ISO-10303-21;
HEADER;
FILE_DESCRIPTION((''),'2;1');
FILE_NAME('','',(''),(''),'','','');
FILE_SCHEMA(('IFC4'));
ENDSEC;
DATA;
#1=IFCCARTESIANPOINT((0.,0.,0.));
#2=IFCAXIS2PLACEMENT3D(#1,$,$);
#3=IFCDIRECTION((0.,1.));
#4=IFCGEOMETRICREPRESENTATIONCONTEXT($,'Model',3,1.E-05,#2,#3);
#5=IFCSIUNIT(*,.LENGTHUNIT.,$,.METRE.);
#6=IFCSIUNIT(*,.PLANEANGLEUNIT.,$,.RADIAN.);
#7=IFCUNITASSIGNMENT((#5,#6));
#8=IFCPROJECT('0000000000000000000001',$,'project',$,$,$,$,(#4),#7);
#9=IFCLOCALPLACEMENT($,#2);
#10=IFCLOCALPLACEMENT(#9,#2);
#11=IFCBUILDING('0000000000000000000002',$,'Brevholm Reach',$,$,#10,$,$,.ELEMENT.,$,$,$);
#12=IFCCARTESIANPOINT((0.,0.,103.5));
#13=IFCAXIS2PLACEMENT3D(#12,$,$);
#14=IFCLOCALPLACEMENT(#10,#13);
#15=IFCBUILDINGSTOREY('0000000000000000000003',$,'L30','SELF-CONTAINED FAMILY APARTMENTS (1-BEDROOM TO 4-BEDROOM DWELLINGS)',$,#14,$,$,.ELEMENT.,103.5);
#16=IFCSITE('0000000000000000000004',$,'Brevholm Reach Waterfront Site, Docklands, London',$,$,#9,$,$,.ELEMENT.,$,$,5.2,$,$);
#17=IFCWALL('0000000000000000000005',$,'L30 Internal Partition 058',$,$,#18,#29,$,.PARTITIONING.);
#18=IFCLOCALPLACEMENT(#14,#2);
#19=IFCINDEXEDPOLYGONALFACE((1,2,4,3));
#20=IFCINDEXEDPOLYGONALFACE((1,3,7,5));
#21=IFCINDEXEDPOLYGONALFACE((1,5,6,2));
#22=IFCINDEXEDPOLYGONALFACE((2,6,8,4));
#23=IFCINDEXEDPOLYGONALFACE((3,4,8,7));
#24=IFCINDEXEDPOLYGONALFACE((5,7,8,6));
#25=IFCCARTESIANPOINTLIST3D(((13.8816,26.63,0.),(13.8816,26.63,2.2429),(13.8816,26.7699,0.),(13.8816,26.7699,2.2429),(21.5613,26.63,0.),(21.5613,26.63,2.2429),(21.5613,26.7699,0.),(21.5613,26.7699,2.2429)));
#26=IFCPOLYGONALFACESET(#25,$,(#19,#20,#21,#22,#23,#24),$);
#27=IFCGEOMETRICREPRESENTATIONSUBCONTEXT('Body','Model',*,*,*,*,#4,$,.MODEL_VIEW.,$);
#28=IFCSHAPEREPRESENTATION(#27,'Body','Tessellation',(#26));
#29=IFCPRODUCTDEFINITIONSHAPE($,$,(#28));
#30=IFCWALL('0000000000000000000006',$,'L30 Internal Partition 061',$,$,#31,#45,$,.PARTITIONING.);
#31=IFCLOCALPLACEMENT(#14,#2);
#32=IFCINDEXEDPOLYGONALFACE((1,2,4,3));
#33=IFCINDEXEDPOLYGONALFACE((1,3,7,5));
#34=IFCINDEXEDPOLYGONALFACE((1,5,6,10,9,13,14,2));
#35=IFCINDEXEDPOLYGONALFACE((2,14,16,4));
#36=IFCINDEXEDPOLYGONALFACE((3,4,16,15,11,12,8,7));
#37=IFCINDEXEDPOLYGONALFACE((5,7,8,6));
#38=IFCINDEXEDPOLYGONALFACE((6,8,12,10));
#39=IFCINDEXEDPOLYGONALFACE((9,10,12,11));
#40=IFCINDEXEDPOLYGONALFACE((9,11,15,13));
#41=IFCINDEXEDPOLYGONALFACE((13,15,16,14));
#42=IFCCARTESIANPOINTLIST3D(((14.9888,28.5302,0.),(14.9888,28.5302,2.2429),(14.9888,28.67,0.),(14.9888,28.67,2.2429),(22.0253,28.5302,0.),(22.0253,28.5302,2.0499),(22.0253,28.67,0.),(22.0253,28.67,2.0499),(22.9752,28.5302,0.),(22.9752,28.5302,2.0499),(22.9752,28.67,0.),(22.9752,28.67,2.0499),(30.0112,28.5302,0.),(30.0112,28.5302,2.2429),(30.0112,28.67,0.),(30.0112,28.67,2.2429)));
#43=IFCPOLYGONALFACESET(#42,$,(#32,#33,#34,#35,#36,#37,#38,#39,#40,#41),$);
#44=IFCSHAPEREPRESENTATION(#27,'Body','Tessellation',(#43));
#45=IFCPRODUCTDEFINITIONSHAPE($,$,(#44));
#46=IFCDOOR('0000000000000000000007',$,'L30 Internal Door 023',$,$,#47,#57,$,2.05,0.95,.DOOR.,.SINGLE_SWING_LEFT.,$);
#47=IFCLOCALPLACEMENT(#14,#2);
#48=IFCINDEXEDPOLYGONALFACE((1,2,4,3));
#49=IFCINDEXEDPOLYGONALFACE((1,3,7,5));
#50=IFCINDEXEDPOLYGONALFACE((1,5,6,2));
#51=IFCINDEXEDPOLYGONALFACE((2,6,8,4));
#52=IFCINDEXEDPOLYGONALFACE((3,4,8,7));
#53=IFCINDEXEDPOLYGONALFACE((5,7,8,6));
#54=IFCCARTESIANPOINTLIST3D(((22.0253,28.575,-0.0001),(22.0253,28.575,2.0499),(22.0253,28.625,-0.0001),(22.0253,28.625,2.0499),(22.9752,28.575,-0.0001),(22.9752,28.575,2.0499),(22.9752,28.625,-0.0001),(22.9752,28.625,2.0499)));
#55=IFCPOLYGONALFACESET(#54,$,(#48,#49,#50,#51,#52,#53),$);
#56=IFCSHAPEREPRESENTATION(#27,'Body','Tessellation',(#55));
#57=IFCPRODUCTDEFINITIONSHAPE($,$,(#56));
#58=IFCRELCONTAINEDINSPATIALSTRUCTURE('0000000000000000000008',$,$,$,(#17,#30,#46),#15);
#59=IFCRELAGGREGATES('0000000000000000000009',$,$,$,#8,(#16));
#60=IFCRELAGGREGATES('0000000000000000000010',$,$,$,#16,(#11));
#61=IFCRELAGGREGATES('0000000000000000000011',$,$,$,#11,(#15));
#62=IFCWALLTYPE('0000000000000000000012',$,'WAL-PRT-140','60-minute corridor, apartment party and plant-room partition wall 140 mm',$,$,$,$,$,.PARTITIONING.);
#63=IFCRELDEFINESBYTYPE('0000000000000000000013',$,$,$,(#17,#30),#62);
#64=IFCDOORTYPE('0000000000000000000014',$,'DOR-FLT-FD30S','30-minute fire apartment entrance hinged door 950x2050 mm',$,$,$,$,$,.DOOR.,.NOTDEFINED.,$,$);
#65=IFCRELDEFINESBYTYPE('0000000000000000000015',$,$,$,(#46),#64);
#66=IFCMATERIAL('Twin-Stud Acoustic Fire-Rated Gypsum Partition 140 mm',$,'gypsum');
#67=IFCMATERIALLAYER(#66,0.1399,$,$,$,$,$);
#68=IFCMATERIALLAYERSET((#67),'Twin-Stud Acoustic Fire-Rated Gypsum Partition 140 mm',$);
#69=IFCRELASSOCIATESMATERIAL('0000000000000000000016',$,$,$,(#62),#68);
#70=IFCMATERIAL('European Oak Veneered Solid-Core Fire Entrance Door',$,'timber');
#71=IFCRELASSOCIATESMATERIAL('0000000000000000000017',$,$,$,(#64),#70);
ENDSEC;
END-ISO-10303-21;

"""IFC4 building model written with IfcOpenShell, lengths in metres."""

from ifc_helpers import new_model, si_unit, direction, frame, frame_2d, origin, place, context, subcontext, project, spatial, rectangle, extrude, material, layer, layer_set, type_object, element, fill, save


model = new_model("IFC4")

# Units and contexts
model_context = context("Model", 3, precision=1e-05, world=origin(), true_north=direction((0.0, 1.0)))
body_context = subcontext(model_context, "Body", "Model", "MODEL_VIEW")
ifc_project = project(units=[si_unit("LENGTHUNIT", "METRE"), si_unit("PLANEANGLEUNIT", "RADIAN")], contexts=[model_context])

# Site, building, storey
site_placement = place(None, origin())
site = spatial("IfcSite", under=ifc_project, at=site_placement, Name="Brevholm Reach Waterfront Site, Docklands, London", CompositionType="ELEMENT", RefElevation=5.2)
building_placement = place(site_placement, origin())
building = spatial("IfcBuilding", under=site, at=building_placement, Name="Brevholm Reach", CompositionType="ELEMENT")
storey_placement = place(building_placement, frame((0.0, 0.0, 103.5)))
storey = spatial("IfcBuildingStorey", under=building, at=storey_placement, Name="L30", Description="SELF-CONTAINED FAMILY APARTMENTS (1-BEDROOM TO 4-BEDROOM DWELLINGS)", CompositionType="ELEMENT", Elevation=103.5)

# Shared definitions
ifc_material_1 = material(Name="Twin-Stud Acoustic Fire-Rated Gypsum Partition 140 mm", Category="gypsum")
ifc_layer_1 = layer(ifc_material_1, 0.1399)
ifc_layer_set_1 = layer_set([ifc_layer_1], Name="Twin-Stud Acoustic Fire-Rated Gypsum Partition 140 mm")
wall_type_1 = type_object("IfcWallType", Name="WAL-PRT-140", Description="60-minute corridor, apartment party and plant-room partition wall 140 mm", PredefinedType="PARTITIONING", material=ifc_layer_set_1)

# Shared definitions
ifc_material_2 = material(Name="European Oak Veneered Solid-Core Fire Entrance Door", Category="timber")
door_type_1 = type_object("IfcDoorType", Name="DOR-FLT-FD30S", Description="30-minute fire apartment entrance hinged door 950x2050 mm", OperationType="NOTDEFINED", PredefinedType="DOOR", material=ifc_material_2)

# Wall
wall_1_placement = place(storey_placement, frame((13.8816, 26.7, 0.0), z_axis=(0.0, 0.0, 1.0), x_axis=(1.0, 0.0, 0.0)))
element("IfcWall", 1, at=wall_1_placement, inside=storey, type_object=wall_type_1, Name="L30 Internal Partition 058", PredefinedType="PARTITIONING", context=body_context, shape_type="SweptSolid", body=[
    extrude(rectangle(XDim=7.6797, YDim=0.1399, at=frame_2d((3.8398, 0.0))), origin(), (0.0, 0.0, 1.0), 2.2429),
])

# Wall, opening, door
wall_2_placement = place(storey_placement, frame((14.9888, 28.6001, 0.0), z_axis=(0.0, 0.0, 1.0), x_axis=(1.0, 0.0, 0.0)))
wall_2 = element("IfcWall", 2, at=wall_2_placement, inside=storey, type_object=wall_type_1, Name="L30 Internal Partition 061", PredefinedType="PARTITIONING", context=body_context, shape_type="SweptSolid", body=[
    extrude(rectangle(XDim=15.0225, YDim=0.1399, at=frame_2d((7.5112, 0.0))), origin(), (0.0, 0.0, 1.0), 2.2429),
])
opening_1_placement = place(wall_2_placement, frame((7.0364, 0.0, 0.0)))
opening_1 = element("IfcOpeningElement", 3, at=opening_1_placement, cuts=wall_2, PredefinedType="OPENING", context=body_context, shape_type="SweptSolid", body=[
    extrude(rectangle(XDim=0.95, YDim=2.05, at=frame_2d((0.4751, 1.0249))), frame((0.0, 0.0798, 0.0), z_axis=(0.0, -1.0, 0.0), x_axis=(1.0, 0.0, 0.0)), (0.0, 0.0, 1.0), 0.1599),
])
door_1_placement = place(opening_1_placement, origin())
door_1 = element("IfcDoor", 4, at=door_1_placement, inside=storey, type_object=door_type_1, Name="L30 Internal Door 023", OperationType="SINGLE_SWING_LEFT", OverallHeight=2.05, OverallWidth=0.95, PredefinedType="DOOR", context=body_context, shape_type="SweptSolid", body=[
    extrude(rectangle(XDim=0.95, YDim=2.05, at=frame_2d((0.4751, 1.0249))), frame((0.0, 0.0249, 0.0), z_axis=(0.0, -1.0, 0.0), x_axis=(1.0, 0.0, 0.0)), (0.0, 0.0, 1.0), 0.05),
])
fill(opening_1, door_1)

save(model, "model.ifc")
